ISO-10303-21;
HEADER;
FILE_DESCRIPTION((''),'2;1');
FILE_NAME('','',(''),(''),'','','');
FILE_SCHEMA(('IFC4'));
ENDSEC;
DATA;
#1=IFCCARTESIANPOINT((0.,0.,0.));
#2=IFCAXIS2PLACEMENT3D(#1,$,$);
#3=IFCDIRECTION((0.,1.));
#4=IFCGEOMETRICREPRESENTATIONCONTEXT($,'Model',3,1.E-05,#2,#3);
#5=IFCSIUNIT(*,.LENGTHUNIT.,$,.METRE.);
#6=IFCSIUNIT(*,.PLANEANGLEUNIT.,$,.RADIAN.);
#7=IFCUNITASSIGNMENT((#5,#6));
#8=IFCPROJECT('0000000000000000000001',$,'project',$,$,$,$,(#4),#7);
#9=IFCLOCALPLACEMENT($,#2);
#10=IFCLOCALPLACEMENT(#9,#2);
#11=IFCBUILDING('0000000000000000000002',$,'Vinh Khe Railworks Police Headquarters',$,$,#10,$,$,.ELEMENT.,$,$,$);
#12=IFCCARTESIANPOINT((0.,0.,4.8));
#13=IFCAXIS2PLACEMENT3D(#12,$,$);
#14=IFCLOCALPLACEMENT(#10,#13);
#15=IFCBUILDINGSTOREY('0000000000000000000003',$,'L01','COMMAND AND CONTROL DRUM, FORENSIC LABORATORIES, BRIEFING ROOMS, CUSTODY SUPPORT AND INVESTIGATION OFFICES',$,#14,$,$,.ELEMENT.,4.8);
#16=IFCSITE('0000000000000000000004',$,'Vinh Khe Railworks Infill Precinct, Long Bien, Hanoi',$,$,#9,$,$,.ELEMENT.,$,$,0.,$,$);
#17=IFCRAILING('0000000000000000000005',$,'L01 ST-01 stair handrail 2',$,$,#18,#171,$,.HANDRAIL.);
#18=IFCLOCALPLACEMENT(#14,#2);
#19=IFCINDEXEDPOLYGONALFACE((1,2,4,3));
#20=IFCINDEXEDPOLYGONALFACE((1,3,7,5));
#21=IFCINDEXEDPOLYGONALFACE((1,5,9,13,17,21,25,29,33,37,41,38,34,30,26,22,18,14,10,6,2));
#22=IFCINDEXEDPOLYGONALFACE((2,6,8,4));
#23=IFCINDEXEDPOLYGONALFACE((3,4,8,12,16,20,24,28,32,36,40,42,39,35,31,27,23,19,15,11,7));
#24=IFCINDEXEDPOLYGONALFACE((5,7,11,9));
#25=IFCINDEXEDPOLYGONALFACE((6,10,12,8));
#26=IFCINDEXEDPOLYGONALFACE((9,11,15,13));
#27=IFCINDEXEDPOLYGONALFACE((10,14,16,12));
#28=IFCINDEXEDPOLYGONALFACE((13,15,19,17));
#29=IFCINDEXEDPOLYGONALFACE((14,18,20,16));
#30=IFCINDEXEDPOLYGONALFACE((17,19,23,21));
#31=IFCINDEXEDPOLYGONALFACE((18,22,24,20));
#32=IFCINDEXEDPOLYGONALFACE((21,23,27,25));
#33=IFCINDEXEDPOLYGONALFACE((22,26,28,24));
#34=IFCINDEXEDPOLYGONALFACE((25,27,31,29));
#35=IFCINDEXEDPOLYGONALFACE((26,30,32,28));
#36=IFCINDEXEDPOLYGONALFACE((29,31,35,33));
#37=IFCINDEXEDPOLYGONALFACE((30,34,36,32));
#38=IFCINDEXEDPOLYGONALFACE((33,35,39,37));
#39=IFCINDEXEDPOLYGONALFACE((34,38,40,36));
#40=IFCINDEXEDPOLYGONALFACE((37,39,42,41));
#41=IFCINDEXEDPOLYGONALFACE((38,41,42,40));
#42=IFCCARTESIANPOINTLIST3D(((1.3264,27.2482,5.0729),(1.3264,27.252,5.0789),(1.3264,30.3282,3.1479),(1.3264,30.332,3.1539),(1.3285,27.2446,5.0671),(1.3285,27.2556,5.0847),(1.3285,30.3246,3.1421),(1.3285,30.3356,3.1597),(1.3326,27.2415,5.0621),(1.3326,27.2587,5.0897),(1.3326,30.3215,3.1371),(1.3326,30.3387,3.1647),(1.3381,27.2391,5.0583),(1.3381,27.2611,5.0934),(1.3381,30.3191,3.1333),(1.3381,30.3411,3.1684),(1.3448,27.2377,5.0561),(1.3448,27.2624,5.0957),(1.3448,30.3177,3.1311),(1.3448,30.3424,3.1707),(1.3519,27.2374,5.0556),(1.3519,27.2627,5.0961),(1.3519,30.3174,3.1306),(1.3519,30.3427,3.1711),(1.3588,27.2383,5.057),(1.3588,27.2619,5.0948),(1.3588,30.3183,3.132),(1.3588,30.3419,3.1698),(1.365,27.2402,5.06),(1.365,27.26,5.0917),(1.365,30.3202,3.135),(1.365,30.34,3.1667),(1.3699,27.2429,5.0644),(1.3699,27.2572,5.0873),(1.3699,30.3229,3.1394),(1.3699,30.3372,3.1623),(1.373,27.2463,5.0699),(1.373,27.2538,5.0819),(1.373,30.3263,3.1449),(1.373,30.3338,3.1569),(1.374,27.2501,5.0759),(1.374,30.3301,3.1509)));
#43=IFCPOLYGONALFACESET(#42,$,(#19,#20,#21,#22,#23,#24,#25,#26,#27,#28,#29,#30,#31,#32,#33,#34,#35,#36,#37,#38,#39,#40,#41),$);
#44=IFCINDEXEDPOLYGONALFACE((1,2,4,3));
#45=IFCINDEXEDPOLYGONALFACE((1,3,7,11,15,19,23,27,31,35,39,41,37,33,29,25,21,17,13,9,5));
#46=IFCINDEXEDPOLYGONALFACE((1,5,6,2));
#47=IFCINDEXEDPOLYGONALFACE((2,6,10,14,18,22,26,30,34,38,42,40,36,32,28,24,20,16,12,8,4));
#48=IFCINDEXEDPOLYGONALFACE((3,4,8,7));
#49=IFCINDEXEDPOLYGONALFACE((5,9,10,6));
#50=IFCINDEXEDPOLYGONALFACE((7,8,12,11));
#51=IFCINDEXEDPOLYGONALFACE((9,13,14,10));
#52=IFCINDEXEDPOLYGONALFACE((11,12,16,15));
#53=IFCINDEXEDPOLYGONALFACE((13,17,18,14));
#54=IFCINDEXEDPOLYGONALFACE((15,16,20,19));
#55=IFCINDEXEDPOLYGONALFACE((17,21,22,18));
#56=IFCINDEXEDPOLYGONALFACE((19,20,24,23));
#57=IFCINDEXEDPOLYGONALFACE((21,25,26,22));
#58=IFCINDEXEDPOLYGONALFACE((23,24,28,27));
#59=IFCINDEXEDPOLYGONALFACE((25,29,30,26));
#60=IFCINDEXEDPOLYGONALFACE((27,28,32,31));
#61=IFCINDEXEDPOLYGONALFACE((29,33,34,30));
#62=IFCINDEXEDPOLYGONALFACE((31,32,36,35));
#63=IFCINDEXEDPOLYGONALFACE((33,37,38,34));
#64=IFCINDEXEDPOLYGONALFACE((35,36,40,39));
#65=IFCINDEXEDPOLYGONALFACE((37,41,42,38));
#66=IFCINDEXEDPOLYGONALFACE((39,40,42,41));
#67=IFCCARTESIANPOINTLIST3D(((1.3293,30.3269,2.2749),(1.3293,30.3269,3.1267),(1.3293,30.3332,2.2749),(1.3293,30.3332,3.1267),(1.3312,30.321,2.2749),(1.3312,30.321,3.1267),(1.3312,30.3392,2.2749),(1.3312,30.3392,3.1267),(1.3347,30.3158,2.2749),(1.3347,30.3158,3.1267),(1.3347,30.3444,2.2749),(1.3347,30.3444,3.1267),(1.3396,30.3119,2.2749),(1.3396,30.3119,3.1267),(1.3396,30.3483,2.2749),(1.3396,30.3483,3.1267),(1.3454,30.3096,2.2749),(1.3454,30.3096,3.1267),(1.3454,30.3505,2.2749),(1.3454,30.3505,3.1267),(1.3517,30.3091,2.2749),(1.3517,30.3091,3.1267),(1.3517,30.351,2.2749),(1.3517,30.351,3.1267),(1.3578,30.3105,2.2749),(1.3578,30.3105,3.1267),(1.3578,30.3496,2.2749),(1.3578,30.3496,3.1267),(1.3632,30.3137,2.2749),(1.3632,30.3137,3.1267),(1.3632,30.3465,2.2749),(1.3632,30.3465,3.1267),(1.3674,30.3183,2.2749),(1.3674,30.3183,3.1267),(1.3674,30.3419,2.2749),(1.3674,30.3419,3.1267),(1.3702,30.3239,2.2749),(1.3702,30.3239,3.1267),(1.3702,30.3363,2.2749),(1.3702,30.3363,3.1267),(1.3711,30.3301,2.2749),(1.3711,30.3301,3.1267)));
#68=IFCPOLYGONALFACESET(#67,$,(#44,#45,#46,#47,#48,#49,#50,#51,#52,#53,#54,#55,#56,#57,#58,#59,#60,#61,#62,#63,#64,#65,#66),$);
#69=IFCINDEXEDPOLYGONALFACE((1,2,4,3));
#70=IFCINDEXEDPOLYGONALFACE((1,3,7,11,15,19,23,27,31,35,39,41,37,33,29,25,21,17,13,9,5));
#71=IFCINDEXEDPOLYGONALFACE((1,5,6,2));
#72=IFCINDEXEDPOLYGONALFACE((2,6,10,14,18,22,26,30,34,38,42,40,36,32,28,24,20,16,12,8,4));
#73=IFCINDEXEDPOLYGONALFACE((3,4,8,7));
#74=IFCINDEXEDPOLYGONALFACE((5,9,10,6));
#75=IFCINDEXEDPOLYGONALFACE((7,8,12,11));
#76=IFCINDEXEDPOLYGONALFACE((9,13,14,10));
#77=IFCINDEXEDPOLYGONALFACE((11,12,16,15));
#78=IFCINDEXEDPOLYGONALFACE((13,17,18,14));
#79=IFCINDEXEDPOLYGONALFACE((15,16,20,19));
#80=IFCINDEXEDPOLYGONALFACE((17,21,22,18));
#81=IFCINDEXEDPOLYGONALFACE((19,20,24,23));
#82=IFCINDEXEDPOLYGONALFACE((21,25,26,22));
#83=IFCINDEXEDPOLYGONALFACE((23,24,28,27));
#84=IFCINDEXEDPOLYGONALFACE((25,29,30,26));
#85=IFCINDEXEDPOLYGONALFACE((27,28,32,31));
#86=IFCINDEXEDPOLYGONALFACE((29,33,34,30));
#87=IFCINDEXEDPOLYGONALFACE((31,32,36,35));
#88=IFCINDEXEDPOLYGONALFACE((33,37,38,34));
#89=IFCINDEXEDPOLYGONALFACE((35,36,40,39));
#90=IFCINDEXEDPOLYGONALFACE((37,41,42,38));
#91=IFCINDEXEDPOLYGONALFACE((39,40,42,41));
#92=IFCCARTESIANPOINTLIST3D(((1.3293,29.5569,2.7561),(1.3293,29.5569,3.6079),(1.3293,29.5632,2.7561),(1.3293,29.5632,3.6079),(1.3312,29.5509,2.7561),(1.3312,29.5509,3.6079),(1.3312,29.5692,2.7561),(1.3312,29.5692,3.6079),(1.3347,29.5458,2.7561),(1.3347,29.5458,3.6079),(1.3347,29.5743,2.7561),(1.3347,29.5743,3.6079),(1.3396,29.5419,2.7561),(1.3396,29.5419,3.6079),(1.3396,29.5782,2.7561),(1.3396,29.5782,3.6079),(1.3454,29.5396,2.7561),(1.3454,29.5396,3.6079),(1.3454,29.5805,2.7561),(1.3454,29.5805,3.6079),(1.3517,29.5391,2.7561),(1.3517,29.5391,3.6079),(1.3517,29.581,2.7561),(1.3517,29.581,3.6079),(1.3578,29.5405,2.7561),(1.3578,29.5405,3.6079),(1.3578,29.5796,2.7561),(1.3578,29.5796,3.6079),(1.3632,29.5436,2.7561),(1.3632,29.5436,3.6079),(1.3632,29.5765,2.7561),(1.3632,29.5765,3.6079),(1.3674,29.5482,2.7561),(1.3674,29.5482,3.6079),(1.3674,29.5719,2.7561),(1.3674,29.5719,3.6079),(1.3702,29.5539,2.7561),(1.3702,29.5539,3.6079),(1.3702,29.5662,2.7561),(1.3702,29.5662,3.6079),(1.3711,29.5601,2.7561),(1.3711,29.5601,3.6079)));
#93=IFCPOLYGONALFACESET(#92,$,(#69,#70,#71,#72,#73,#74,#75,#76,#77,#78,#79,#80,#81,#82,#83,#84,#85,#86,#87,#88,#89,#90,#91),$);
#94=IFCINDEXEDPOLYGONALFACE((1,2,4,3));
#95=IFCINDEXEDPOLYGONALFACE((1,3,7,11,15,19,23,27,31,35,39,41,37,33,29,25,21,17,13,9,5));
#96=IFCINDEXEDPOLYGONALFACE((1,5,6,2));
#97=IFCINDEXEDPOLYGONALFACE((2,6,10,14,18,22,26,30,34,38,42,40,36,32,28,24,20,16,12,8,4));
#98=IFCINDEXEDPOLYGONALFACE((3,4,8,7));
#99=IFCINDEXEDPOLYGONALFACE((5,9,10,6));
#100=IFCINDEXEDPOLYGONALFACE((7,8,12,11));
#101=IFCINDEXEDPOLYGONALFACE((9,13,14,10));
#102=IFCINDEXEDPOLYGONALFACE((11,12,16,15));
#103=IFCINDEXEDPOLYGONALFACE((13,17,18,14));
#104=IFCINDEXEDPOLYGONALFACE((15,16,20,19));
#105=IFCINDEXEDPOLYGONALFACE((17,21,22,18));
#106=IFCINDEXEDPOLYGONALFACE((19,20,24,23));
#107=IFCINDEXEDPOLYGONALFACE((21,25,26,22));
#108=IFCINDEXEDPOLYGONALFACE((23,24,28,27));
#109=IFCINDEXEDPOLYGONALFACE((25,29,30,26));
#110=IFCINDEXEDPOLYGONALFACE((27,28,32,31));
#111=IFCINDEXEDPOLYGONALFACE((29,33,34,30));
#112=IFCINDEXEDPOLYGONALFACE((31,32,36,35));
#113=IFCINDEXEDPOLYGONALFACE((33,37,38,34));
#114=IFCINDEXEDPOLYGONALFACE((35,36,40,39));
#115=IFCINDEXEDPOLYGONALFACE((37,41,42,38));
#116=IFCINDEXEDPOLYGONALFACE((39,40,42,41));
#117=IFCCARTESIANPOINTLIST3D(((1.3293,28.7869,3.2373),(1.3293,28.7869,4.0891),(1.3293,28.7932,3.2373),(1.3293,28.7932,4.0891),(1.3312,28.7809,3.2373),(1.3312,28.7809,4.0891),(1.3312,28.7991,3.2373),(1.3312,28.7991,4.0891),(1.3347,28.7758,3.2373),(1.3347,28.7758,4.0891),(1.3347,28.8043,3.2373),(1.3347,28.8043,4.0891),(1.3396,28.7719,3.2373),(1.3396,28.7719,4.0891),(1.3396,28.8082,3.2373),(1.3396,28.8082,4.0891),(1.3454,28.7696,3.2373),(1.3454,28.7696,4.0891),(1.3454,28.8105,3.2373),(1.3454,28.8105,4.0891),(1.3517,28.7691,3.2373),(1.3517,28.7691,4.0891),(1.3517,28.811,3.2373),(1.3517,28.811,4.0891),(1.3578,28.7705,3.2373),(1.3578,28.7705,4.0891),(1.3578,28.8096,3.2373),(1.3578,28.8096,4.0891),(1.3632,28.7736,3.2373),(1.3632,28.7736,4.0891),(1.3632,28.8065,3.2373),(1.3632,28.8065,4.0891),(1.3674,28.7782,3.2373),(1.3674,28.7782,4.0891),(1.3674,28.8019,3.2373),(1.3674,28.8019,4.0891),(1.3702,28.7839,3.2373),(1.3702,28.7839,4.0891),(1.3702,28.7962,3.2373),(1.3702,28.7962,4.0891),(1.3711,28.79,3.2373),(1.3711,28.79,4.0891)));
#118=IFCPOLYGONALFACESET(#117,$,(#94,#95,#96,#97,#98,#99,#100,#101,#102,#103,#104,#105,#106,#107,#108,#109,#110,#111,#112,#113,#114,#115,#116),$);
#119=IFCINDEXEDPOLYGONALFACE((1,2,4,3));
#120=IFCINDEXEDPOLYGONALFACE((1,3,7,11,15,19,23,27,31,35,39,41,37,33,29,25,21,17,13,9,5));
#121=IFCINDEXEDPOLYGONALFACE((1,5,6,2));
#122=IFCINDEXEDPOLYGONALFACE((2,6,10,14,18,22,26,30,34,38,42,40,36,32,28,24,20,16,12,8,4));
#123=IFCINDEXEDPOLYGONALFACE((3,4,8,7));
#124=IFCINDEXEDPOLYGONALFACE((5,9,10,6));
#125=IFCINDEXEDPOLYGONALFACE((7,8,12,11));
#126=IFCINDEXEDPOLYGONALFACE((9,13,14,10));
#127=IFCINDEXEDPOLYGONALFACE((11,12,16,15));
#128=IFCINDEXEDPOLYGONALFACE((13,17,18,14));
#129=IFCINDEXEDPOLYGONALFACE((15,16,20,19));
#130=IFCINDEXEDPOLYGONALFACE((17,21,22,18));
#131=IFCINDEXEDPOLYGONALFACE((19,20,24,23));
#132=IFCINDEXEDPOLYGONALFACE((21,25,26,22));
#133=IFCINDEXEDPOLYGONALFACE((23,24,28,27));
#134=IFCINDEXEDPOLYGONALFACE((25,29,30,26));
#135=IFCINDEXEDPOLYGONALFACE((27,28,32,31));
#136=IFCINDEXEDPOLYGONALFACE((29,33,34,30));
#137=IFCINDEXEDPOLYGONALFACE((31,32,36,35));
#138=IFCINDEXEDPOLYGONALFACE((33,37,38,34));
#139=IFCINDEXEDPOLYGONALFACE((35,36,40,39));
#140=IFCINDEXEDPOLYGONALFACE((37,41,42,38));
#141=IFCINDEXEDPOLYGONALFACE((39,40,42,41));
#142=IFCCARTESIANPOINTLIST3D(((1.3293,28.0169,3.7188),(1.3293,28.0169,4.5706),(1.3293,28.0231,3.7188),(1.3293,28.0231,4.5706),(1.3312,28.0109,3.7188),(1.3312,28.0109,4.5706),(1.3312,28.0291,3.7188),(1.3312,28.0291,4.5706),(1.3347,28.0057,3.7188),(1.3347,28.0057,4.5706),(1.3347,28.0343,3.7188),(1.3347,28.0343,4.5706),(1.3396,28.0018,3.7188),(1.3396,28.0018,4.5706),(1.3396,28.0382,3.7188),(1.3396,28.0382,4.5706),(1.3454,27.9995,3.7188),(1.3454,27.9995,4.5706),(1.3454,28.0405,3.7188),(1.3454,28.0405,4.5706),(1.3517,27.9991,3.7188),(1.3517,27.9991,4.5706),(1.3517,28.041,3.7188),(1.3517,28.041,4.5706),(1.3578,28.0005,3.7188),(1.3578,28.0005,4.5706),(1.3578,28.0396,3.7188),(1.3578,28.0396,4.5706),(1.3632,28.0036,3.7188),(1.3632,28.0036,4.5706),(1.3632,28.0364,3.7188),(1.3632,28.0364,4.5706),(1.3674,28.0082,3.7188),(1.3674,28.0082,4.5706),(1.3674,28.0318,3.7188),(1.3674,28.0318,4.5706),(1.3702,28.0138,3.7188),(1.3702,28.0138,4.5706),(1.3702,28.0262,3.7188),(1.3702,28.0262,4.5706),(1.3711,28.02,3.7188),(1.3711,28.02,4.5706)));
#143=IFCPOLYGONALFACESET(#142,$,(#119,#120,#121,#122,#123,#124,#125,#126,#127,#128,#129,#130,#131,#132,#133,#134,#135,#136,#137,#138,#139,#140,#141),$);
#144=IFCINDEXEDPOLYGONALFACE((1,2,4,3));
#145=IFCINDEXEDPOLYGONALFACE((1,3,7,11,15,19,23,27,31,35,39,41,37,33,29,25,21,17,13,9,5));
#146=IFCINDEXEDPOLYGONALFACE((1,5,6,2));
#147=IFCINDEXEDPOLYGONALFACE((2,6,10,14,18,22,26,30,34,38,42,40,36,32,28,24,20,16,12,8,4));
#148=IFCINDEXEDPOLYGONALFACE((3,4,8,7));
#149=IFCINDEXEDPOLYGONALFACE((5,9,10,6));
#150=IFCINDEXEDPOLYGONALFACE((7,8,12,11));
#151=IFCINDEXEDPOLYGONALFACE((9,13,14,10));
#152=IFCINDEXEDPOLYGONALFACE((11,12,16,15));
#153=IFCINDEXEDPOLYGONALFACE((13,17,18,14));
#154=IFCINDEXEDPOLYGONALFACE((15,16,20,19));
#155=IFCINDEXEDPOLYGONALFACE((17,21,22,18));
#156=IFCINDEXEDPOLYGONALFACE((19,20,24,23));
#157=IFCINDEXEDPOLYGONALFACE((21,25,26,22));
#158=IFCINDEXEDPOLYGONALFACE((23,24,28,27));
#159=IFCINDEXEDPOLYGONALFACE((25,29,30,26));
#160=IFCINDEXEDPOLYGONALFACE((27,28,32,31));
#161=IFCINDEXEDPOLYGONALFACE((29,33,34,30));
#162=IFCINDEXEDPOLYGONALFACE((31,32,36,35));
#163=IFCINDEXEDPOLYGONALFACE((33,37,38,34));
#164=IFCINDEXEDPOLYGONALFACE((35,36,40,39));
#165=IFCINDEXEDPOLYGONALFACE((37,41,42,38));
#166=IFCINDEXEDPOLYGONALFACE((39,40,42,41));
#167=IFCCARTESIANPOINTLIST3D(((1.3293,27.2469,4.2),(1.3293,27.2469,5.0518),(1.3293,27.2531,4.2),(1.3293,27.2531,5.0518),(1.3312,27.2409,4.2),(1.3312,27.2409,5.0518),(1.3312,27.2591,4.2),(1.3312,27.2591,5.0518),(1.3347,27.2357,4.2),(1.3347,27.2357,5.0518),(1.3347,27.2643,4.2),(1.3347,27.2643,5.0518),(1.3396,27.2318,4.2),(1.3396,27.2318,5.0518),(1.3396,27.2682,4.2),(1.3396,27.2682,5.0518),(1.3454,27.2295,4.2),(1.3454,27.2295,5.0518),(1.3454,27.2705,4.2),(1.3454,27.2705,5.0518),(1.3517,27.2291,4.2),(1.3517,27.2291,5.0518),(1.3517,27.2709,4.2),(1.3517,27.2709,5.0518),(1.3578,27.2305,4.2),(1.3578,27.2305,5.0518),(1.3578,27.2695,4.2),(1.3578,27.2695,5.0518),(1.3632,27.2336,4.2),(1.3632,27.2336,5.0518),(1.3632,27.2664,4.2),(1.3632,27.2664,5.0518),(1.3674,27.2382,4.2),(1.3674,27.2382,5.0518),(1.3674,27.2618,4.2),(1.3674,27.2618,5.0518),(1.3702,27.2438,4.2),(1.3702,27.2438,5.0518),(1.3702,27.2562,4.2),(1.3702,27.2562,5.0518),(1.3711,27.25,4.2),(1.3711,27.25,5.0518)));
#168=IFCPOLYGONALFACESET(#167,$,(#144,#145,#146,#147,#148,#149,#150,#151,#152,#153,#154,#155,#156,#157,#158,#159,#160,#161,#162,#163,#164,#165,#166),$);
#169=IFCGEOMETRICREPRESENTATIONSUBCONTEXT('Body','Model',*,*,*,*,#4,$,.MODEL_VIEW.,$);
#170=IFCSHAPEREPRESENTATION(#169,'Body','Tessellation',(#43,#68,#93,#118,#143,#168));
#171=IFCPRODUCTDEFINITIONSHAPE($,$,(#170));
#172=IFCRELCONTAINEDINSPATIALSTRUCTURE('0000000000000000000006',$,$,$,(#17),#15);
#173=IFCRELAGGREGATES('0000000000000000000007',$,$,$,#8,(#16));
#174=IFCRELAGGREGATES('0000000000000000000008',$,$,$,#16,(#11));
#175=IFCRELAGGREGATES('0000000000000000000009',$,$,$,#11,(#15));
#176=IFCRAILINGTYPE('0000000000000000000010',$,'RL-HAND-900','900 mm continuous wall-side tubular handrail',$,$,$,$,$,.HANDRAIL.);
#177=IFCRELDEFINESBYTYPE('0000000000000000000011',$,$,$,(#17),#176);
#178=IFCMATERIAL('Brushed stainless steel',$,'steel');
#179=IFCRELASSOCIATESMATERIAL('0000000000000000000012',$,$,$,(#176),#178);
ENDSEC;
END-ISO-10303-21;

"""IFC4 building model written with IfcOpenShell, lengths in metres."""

from ifc_helpers import new_model, si_unit, direction, frame, origin, origin_2d, place, context, subcontext, project, spatial, circle, extrude, material, type_object, element, save


model = new_model("IFC4")

# Units and contexts
model_context = context("Model", 3, precision=1e-05, world=origin(), true_north=direction((0.0, 1.0)))
body_context = subcontext(model_context, "Body", "Model", "MODEL_VIEW")
ifc_project = project(units=[si_unit("LENGTHUNIT", "METRE"), si_unit("PLANEANGLEUNIT", "RADIAN")], contexts=[model_context])

# Site, building, storey
site_placement = place(None, origin())
site = spatial("IfcSite", under=ifc_project, at=site_placement, Name="Vinh Khe Railworks Infill Precinct, Long Bien, Hanoi", CompositionType="ELEMENT", RefElevation=0.0)
building_placement = place(site_placement, origin())
building = spatial("IfcBuilding", under=site, at=building_placement, Name="Vinh Khe Railworks Police Headquarters", CompositionType="ELEMENT")
storey_placement = place(building_placement, frame((0.0, 0.0, 4.8)))
storey = spatial("IfcBuildingStorey", under=building, at=storey_placement, Name="L01", Description="COMMAND AND CONTROL DRUM, FORENSIC LABORATORIES, BRIEFING ROOMS, CUSTODY SUPPORT AND INVESTIGATION OFFICES", CompositionType="ELEMENT", Elevation=4.8)

# Railing
ifc_material_1 = material(Name="Brushed stainless steel", Category="steel")
railing_type_1 = type_object("IfcRailingType", Name="RL-HAND-900", Description="900 mm continuous wall-side tubular handrail", PredefinedType="HANDRAIL", material=ifc_material_1)
railing_1_placement = place(storey_placement, frame((1.3501, 30.3301, 2.2749)))
element("IfcRailing", 1, at=railing_1_placement, inside=storey, type_object=railing_type_1, Name="L01 ST-01 stair handrail 2", PredefinedType="HANDRAIL", context=body_context, shape_type="SweptSolid", body=[
    extrude(circle(Radius=0.0239, at=origin_2d()), frame((0.0, 0.0, 0.876), z_axis=(0.0, -0.847998, 0.529999), x_axis=(1.0, 0.0, 0.0)), (0.0, 0.0, 1.0), 3.6321),
    extrude(circle(Radius=0.021, at=origin_2d()), origin(), (0.0, 0.0, 1.0), 0.8518),
    extrude(circle(Radius=0.021, at=origin_2d()), frame((0.0, -0.77, 0.4812)), (0.0, 0.0, 1.0), 0.8518),
    extrude(circle(Radius=0.021, at=origin_2d()), frame((0.0, -1.54, 0.9624)), (0.0, 0.0, 1.0), 0.8518),
    extrude(circle(Radius=0.021, at=origin_2d()), frame((0.0, -2.3101, 1.4438)), (0.0, 0.0, 1.0), 0.8518),
    extrude(circle(Radius=0.021, at=origin_2d()), frame((0.0, -3.0801, 1.925)), (0.0, 0.0, 1.0), 0.8518),
])

save(model, "model.ifc")
